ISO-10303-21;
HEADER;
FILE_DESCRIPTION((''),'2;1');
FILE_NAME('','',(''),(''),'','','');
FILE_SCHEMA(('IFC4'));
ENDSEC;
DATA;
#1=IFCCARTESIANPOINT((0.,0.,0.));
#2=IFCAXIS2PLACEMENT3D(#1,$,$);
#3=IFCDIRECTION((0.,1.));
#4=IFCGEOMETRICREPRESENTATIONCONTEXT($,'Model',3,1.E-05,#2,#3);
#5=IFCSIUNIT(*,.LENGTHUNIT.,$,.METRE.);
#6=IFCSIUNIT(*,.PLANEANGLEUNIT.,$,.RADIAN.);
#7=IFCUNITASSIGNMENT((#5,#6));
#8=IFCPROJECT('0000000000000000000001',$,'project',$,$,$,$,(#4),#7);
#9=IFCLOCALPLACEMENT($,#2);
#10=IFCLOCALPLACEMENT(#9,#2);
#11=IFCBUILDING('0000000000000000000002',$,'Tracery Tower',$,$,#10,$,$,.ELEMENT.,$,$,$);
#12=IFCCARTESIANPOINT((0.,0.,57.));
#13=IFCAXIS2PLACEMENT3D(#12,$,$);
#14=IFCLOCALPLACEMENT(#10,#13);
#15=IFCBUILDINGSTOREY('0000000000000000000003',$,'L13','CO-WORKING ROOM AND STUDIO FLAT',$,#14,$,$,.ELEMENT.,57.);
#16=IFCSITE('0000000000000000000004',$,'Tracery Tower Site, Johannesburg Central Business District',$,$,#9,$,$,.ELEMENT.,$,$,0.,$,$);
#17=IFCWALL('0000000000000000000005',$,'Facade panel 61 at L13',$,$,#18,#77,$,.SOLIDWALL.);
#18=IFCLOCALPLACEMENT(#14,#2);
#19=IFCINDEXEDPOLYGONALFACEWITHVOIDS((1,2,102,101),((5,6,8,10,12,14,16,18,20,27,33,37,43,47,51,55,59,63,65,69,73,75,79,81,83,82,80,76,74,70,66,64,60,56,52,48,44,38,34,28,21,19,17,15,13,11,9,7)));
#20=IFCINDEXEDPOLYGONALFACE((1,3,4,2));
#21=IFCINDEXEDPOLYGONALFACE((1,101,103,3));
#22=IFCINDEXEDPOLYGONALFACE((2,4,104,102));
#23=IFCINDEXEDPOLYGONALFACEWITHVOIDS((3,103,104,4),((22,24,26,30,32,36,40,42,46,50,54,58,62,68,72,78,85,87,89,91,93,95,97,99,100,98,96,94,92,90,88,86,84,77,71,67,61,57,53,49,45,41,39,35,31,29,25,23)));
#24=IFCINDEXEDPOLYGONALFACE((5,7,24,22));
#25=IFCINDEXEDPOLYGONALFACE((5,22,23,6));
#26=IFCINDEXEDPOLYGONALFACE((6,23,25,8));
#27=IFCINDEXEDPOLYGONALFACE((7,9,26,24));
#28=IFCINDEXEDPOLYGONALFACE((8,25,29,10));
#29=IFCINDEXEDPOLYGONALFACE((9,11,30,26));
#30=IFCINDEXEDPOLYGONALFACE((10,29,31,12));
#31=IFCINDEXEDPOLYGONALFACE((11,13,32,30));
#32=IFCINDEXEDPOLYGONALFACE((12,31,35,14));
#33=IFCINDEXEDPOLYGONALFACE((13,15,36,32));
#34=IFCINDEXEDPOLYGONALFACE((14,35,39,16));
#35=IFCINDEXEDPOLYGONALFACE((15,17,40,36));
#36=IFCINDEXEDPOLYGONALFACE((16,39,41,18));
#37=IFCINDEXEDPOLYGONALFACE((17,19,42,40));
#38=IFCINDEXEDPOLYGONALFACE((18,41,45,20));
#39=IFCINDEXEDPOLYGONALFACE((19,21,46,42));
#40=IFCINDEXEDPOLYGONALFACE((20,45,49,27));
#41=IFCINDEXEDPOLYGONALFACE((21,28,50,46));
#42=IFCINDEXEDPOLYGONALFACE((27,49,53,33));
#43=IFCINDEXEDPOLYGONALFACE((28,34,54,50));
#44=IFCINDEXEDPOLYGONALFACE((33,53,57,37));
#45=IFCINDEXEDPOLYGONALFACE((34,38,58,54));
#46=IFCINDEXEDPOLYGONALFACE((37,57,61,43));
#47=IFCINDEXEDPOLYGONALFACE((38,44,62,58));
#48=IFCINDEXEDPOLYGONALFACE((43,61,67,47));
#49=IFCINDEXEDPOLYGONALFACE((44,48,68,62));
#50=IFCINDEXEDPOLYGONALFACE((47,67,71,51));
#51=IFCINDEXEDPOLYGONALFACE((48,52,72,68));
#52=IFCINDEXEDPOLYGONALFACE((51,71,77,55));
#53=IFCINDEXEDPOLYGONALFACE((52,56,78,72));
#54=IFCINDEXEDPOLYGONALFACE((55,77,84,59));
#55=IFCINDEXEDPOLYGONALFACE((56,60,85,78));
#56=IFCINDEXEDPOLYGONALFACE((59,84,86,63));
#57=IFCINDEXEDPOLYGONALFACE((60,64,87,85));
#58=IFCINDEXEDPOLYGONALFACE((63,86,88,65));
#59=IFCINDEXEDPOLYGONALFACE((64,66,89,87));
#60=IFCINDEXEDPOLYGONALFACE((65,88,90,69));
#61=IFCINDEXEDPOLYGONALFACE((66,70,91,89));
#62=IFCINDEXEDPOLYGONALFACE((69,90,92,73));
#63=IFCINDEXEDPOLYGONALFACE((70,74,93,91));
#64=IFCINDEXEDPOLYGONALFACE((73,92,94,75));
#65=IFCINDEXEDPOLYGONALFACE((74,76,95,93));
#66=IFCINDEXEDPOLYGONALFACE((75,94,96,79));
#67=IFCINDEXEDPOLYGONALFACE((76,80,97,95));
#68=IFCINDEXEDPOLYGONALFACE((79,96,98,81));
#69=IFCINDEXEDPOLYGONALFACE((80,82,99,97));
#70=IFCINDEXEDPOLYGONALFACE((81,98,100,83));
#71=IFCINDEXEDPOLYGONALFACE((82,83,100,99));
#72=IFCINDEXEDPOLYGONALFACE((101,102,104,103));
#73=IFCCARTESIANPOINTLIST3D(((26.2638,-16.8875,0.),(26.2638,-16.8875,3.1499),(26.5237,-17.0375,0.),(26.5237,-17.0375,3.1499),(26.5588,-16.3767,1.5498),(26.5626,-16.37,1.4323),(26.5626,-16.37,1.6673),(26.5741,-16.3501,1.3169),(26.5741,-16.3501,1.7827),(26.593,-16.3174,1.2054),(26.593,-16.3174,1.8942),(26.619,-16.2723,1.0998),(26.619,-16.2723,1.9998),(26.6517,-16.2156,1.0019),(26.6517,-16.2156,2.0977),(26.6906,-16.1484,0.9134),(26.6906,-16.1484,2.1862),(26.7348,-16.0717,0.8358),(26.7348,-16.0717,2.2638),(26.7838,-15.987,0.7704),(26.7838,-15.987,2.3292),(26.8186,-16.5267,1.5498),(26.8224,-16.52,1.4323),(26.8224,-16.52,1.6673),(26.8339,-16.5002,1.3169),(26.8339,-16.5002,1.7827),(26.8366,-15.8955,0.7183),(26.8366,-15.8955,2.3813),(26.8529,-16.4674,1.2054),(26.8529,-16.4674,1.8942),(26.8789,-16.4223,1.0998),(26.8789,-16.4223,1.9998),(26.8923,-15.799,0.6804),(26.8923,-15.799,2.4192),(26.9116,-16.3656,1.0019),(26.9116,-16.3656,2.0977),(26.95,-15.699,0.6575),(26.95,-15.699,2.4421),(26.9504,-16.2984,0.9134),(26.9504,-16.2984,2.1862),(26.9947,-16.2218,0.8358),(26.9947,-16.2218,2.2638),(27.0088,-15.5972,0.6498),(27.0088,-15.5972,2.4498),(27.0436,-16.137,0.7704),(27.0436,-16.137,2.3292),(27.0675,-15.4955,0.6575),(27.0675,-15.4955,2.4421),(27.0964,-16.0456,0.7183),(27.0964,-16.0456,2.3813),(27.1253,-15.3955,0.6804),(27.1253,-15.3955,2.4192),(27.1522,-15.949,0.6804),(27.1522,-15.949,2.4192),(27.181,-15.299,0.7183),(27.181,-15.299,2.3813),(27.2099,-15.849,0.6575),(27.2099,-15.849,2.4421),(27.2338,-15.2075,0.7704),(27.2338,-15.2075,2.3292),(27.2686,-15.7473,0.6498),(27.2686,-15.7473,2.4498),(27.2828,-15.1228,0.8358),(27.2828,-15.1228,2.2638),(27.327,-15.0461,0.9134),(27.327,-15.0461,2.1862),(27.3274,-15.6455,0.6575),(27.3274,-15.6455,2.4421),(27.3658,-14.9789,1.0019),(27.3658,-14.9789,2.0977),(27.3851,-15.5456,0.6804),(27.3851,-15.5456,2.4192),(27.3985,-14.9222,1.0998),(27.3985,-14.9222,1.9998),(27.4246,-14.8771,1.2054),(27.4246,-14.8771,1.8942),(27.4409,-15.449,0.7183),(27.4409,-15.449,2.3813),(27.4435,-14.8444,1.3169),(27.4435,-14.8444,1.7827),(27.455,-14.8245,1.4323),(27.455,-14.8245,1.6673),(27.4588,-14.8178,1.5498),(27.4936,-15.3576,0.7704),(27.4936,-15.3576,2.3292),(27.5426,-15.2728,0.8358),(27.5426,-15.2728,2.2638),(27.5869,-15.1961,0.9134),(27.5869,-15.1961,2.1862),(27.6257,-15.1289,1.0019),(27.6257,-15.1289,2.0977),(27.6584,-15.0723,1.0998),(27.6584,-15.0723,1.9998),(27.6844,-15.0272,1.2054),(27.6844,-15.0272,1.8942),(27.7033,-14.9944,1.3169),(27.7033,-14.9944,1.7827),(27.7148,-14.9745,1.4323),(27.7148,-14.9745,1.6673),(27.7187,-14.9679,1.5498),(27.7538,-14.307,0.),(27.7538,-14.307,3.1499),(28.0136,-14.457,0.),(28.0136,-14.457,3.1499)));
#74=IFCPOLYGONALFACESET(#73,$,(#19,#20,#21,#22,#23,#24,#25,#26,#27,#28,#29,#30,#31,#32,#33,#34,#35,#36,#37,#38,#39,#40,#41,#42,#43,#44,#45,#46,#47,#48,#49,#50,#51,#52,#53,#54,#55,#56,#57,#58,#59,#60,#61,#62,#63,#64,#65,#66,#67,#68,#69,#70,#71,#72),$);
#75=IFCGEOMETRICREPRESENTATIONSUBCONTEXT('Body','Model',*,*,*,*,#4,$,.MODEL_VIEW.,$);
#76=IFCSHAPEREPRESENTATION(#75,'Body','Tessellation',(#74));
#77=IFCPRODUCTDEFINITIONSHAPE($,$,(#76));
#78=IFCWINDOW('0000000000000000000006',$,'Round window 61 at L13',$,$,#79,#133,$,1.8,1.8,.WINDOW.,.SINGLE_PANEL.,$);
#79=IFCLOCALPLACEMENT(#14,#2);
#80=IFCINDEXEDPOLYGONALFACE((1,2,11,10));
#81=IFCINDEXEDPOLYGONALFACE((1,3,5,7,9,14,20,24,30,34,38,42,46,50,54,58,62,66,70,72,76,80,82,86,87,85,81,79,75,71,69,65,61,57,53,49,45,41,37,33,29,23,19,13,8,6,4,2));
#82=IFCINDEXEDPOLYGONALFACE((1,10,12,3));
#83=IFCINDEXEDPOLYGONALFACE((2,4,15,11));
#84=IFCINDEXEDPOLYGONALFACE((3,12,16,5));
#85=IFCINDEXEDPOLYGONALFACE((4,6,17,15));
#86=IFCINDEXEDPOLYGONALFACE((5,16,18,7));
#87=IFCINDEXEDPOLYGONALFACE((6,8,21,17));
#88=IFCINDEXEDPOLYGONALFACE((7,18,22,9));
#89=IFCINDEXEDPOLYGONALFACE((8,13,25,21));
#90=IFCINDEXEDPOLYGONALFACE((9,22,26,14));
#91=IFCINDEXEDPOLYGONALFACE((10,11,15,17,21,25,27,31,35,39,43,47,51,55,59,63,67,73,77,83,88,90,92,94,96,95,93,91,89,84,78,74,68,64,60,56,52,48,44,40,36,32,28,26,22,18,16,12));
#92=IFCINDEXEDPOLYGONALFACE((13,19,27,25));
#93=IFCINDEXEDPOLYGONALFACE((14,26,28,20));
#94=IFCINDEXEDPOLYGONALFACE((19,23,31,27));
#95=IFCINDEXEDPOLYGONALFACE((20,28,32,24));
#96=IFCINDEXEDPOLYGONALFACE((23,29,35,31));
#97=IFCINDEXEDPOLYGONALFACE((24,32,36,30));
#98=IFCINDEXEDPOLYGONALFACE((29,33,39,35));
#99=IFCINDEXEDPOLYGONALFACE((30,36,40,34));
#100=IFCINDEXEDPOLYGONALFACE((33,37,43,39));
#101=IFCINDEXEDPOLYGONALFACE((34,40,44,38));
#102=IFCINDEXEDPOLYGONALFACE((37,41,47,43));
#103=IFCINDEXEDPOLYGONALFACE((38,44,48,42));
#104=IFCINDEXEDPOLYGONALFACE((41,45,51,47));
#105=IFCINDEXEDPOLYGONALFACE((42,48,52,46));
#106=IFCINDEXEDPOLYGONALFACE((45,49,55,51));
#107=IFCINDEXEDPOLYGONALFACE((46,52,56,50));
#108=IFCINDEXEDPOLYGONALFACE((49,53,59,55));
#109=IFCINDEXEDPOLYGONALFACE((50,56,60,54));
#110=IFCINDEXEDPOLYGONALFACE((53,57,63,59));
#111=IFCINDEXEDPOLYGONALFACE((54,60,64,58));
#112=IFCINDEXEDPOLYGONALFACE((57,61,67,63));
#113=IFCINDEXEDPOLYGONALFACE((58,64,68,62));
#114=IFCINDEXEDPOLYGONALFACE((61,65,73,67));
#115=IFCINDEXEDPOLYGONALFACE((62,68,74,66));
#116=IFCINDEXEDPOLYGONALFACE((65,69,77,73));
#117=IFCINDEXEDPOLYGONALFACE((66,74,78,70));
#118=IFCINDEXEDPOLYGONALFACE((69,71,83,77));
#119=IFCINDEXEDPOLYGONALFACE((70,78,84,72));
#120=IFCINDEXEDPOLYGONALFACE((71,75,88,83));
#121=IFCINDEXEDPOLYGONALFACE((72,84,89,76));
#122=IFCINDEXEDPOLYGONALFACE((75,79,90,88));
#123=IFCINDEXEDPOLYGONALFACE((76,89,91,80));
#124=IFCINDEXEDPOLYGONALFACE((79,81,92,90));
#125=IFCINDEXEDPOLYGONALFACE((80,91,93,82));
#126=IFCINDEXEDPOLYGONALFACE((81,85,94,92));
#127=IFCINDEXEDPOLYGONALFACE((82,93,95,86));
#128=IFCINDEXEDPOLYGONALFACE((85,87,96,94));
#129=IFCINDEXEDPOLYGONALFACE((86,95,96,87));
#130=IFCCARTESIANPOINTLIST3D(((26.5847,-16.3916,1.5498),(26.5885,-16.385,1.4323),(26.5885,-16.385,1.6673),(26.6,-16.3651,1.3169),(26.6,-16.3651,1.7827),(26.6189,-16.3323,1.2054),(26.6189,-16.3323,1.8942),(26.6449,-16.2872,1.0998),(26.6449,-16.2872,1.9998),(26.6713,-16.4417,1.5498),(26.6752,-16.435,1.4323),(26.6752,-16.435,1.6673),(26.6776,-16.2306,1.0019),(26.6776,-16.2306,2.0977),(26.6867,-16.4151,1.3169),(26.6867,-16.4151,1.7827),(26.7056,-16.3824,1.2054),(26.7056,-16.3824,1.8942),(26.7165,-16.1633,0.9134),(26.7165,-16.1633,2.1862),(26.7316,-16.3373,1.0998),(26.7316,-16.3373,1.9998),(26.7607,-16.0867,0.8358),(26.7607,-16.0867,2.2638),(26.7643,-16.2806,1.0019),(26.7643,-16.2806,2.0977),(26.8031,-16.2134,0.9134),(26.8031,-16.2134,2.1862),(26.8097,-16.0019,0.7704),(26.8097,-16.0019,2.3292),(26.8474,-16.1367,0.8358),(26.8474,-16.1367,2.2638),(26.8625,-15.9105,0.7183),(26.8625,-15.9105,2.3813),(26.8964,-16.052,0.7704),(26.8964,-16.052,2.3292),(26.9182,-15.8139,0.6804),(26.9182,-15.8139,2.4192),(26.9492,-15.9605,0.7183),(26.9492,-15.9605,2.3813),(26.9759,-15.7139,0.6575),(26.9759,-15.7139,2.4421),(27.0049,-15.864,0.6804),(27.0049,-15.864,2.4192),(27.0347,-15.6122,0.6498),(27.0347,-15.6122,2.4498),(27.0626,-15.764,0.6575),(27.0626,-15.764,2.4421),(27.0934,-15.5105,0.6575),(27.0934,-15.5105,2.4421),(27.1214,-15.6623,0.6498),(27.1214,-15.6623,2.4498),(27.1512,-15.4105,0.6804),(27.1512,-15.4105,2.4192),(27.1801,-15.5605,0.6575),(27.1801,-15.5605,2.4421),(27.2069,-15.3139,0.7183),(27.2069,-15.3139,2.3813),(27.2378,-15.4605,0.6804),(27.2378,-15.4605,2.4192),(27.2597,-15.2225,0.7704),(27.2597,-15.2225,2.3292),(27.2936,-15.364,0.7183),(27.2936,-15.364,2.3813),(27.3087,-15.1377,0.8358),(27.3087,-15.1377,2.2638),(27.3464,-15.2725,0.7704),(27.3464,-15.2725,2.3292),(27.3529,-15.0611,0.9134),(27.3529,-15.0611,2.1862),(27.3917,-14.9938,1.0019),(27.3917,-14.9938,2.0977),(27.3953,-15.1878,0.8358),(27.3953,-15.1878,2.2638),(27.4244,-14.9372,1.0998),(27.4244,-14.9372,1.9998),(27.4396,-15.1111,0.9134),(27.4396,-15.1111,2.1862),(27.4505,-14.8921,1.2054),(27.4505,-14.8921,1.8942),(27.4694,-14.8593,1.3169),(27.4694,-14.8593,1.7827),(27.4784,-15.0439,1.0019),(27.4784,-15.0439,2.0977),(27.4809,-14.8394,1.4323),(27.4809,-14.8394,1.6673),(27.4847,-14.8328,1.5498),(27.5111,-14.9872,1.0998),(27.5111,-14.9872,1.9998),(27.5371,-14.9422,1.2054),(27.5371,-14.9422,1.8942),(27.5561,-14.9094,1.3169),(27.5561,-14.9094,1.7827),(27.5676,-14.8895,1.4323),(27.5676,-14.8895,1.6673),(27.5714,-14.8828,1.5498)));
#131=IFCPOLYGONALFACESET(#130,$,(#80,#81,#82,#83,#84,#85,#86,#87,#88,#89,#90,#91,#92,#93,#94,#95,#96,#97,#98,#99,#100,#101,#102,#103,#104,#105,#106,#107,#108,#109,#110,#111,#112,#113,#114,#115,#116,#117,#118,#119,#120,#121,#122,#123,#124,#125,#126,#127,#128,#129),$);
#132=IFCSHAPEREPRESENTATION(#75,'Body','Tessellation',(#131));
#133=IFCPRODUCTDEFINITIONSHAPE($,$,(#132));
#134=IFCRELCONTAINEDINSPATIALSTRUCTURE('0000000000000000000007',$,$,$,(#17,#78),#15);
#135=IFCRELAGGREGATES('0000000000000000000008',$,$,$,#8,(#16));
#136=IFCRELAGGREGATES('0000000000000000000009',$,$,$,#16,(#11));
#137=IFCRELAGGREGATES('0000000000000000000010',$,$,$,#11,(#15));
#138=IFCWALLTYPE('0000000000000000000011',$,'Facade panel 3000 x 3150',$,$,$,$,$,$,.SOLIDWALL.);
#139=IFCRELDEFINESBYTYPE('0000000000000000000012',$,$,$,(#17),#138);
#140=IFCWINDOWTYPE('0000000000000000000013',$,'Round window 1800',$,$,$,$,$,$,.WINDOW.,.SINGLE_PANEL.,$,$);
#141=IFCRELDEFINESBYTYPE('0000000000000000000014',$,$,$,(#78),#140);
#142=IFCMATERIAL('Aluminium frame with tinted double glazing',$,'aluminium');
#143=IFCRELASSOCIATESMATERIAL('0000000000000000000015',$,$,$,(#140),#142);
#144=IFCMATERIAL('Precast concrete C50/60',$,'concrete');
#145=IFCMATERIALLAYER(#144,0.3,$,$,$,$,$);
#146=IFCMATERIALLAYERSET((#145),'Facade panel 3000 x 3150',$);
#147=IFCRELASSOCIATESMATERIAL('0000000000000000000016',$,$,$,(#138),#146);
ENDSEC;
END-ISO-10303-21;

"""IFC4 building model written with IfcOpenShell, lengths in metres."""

from ifc_helpers import new_model, si_unit, direction, frame, frame_2d, origin, origin_2d, place, context, subcontext, project, spatial, rectangle, circle, extrude, material, layer, layer_set, type_object, element, fill, save


model = new_model("IFC4")

# Units and contexts
model_context = context("Model", 3, precision=1e-05, world=origin(), true_north=direction((0.0, 1.0)))
body_context = subcontext(model_context, "Body", "Model", "MODEL_VIEW")
ifc_project = project(units=[si_unit("LENGTHUNIT", "METRE"), si_unit("PLANEANGLEUNIT", "RADIAN")], contexts=[model_context])

# Site, building, storey
site_placement = place(None, origin())
site = spatial("IfcSite", under=ifc_project, at=site_placement, Name="Tracery Tower Site, Johannesburg Central Business District", CompositionType="ELEMENT", RefElevation=0.0)
building_placement = place(site_placement, origin())
building = spatial("IfcBuilding", under=site, at=building_placement, Name="Tracery Tower", CompositionType="ELEMENT")
storey_placement = place(building_placement, frame((0.0, 0.0, 57.0)))
storey = spatial("IfcBuildingStorey", under=building, at=storey_placement, Name="L13", Description="CO-WORKING ROOM AND STUDIO FLAT", CompositionType="ELEMENT", Elevation=57.0)

# Wall, opening, window
ifc_material_1 = material(Name="Aluminium frame with tinted double glazing", Category="aluminium")
window_type = type_object("IfcWindowType", Name="Round window 1800", PartitioningType="SINGLE_PANEL", PredefinedType="WINDOW", material=ifc_material_1)
ifc_material_2 = material(Name="Precast concrete C50/60", Category="concrete")
ifc_layer_1 = layer(ifc_material_2, 0.3)
ifc_layer_set_1 = layer_set([ifc_layer_1], Name="Facade panel 3000 x 3150")
wall_type_1 = type_object("IfcWallType", Name="Facade panel 3000 x 3150", PredefinedType="SOLIDWALL", material=ifc_layer_set_1)
wall_1_placement = place(storey_placement, frame((26.3938, -16.9624, 0.0), z_axis=(0.0, 0.0, 1.0), x_axis=(0.500025, 0.866011, 0.0)))
wall_1 = element("IfcWall", 1, at=wall_1_placement, inside=storey, type_object=wall_type_1, Name="Facade panel 61 at L13", PredefinedType="SOLIDWALL", context=body_context, shape_type="SweptSolid", body=[
    extrude(rectangle(XDim=2.9797, YDim=0.3, at=frame_2d((1.4897, 0.0))), origin(), (0.0, 0.0, 1.0), 3.1499),
])
opening_1_placement = place(wall_1_placement, frame((1.4897, 0.0, 1.5498)))
opening_1 = element("IfcOpeningElement", 2, at=opening_1_placement, cuts=wall_1, PredefinedType="OPENING", context=body_context, shape_type="SweptSolid", body=[
    extrude(circle(Radius=0.9, at=origin_2d()), frame((0.0, 0.1599, 0.0), z_axis=(0.0, -1.0, 0.0), x_axis=(1.0, 0.0, 0.0)), (0.0, 0.0, 1.0), 0.3201),
])
window_1_placement = place(opening_1_placement, origin())
window_1 = element("IfcWindow", 3, at=window_1_placement, inside=storey, type_object=window_type, Name="Round window 61 at L13", OverallHeight=1.8, OverallWidth=1.8, PartitioningType="SINGLE_PANEL", PredefinedType="WINDOW", context=body_context, shape_type="SweptSolid", body=[
    extrude(circle(Radius=0.9, at=origin_2d()), frame((0.0, 0.1201, 0.0), z_axis=(0.0, -1.0, 0.0), x_axis=(1.0, 0.0, 0.0)), (0.0, 0.0, 1.0), 0.1001),
])
fill(opening_1, window_1)

save(model, "model.ifc")
